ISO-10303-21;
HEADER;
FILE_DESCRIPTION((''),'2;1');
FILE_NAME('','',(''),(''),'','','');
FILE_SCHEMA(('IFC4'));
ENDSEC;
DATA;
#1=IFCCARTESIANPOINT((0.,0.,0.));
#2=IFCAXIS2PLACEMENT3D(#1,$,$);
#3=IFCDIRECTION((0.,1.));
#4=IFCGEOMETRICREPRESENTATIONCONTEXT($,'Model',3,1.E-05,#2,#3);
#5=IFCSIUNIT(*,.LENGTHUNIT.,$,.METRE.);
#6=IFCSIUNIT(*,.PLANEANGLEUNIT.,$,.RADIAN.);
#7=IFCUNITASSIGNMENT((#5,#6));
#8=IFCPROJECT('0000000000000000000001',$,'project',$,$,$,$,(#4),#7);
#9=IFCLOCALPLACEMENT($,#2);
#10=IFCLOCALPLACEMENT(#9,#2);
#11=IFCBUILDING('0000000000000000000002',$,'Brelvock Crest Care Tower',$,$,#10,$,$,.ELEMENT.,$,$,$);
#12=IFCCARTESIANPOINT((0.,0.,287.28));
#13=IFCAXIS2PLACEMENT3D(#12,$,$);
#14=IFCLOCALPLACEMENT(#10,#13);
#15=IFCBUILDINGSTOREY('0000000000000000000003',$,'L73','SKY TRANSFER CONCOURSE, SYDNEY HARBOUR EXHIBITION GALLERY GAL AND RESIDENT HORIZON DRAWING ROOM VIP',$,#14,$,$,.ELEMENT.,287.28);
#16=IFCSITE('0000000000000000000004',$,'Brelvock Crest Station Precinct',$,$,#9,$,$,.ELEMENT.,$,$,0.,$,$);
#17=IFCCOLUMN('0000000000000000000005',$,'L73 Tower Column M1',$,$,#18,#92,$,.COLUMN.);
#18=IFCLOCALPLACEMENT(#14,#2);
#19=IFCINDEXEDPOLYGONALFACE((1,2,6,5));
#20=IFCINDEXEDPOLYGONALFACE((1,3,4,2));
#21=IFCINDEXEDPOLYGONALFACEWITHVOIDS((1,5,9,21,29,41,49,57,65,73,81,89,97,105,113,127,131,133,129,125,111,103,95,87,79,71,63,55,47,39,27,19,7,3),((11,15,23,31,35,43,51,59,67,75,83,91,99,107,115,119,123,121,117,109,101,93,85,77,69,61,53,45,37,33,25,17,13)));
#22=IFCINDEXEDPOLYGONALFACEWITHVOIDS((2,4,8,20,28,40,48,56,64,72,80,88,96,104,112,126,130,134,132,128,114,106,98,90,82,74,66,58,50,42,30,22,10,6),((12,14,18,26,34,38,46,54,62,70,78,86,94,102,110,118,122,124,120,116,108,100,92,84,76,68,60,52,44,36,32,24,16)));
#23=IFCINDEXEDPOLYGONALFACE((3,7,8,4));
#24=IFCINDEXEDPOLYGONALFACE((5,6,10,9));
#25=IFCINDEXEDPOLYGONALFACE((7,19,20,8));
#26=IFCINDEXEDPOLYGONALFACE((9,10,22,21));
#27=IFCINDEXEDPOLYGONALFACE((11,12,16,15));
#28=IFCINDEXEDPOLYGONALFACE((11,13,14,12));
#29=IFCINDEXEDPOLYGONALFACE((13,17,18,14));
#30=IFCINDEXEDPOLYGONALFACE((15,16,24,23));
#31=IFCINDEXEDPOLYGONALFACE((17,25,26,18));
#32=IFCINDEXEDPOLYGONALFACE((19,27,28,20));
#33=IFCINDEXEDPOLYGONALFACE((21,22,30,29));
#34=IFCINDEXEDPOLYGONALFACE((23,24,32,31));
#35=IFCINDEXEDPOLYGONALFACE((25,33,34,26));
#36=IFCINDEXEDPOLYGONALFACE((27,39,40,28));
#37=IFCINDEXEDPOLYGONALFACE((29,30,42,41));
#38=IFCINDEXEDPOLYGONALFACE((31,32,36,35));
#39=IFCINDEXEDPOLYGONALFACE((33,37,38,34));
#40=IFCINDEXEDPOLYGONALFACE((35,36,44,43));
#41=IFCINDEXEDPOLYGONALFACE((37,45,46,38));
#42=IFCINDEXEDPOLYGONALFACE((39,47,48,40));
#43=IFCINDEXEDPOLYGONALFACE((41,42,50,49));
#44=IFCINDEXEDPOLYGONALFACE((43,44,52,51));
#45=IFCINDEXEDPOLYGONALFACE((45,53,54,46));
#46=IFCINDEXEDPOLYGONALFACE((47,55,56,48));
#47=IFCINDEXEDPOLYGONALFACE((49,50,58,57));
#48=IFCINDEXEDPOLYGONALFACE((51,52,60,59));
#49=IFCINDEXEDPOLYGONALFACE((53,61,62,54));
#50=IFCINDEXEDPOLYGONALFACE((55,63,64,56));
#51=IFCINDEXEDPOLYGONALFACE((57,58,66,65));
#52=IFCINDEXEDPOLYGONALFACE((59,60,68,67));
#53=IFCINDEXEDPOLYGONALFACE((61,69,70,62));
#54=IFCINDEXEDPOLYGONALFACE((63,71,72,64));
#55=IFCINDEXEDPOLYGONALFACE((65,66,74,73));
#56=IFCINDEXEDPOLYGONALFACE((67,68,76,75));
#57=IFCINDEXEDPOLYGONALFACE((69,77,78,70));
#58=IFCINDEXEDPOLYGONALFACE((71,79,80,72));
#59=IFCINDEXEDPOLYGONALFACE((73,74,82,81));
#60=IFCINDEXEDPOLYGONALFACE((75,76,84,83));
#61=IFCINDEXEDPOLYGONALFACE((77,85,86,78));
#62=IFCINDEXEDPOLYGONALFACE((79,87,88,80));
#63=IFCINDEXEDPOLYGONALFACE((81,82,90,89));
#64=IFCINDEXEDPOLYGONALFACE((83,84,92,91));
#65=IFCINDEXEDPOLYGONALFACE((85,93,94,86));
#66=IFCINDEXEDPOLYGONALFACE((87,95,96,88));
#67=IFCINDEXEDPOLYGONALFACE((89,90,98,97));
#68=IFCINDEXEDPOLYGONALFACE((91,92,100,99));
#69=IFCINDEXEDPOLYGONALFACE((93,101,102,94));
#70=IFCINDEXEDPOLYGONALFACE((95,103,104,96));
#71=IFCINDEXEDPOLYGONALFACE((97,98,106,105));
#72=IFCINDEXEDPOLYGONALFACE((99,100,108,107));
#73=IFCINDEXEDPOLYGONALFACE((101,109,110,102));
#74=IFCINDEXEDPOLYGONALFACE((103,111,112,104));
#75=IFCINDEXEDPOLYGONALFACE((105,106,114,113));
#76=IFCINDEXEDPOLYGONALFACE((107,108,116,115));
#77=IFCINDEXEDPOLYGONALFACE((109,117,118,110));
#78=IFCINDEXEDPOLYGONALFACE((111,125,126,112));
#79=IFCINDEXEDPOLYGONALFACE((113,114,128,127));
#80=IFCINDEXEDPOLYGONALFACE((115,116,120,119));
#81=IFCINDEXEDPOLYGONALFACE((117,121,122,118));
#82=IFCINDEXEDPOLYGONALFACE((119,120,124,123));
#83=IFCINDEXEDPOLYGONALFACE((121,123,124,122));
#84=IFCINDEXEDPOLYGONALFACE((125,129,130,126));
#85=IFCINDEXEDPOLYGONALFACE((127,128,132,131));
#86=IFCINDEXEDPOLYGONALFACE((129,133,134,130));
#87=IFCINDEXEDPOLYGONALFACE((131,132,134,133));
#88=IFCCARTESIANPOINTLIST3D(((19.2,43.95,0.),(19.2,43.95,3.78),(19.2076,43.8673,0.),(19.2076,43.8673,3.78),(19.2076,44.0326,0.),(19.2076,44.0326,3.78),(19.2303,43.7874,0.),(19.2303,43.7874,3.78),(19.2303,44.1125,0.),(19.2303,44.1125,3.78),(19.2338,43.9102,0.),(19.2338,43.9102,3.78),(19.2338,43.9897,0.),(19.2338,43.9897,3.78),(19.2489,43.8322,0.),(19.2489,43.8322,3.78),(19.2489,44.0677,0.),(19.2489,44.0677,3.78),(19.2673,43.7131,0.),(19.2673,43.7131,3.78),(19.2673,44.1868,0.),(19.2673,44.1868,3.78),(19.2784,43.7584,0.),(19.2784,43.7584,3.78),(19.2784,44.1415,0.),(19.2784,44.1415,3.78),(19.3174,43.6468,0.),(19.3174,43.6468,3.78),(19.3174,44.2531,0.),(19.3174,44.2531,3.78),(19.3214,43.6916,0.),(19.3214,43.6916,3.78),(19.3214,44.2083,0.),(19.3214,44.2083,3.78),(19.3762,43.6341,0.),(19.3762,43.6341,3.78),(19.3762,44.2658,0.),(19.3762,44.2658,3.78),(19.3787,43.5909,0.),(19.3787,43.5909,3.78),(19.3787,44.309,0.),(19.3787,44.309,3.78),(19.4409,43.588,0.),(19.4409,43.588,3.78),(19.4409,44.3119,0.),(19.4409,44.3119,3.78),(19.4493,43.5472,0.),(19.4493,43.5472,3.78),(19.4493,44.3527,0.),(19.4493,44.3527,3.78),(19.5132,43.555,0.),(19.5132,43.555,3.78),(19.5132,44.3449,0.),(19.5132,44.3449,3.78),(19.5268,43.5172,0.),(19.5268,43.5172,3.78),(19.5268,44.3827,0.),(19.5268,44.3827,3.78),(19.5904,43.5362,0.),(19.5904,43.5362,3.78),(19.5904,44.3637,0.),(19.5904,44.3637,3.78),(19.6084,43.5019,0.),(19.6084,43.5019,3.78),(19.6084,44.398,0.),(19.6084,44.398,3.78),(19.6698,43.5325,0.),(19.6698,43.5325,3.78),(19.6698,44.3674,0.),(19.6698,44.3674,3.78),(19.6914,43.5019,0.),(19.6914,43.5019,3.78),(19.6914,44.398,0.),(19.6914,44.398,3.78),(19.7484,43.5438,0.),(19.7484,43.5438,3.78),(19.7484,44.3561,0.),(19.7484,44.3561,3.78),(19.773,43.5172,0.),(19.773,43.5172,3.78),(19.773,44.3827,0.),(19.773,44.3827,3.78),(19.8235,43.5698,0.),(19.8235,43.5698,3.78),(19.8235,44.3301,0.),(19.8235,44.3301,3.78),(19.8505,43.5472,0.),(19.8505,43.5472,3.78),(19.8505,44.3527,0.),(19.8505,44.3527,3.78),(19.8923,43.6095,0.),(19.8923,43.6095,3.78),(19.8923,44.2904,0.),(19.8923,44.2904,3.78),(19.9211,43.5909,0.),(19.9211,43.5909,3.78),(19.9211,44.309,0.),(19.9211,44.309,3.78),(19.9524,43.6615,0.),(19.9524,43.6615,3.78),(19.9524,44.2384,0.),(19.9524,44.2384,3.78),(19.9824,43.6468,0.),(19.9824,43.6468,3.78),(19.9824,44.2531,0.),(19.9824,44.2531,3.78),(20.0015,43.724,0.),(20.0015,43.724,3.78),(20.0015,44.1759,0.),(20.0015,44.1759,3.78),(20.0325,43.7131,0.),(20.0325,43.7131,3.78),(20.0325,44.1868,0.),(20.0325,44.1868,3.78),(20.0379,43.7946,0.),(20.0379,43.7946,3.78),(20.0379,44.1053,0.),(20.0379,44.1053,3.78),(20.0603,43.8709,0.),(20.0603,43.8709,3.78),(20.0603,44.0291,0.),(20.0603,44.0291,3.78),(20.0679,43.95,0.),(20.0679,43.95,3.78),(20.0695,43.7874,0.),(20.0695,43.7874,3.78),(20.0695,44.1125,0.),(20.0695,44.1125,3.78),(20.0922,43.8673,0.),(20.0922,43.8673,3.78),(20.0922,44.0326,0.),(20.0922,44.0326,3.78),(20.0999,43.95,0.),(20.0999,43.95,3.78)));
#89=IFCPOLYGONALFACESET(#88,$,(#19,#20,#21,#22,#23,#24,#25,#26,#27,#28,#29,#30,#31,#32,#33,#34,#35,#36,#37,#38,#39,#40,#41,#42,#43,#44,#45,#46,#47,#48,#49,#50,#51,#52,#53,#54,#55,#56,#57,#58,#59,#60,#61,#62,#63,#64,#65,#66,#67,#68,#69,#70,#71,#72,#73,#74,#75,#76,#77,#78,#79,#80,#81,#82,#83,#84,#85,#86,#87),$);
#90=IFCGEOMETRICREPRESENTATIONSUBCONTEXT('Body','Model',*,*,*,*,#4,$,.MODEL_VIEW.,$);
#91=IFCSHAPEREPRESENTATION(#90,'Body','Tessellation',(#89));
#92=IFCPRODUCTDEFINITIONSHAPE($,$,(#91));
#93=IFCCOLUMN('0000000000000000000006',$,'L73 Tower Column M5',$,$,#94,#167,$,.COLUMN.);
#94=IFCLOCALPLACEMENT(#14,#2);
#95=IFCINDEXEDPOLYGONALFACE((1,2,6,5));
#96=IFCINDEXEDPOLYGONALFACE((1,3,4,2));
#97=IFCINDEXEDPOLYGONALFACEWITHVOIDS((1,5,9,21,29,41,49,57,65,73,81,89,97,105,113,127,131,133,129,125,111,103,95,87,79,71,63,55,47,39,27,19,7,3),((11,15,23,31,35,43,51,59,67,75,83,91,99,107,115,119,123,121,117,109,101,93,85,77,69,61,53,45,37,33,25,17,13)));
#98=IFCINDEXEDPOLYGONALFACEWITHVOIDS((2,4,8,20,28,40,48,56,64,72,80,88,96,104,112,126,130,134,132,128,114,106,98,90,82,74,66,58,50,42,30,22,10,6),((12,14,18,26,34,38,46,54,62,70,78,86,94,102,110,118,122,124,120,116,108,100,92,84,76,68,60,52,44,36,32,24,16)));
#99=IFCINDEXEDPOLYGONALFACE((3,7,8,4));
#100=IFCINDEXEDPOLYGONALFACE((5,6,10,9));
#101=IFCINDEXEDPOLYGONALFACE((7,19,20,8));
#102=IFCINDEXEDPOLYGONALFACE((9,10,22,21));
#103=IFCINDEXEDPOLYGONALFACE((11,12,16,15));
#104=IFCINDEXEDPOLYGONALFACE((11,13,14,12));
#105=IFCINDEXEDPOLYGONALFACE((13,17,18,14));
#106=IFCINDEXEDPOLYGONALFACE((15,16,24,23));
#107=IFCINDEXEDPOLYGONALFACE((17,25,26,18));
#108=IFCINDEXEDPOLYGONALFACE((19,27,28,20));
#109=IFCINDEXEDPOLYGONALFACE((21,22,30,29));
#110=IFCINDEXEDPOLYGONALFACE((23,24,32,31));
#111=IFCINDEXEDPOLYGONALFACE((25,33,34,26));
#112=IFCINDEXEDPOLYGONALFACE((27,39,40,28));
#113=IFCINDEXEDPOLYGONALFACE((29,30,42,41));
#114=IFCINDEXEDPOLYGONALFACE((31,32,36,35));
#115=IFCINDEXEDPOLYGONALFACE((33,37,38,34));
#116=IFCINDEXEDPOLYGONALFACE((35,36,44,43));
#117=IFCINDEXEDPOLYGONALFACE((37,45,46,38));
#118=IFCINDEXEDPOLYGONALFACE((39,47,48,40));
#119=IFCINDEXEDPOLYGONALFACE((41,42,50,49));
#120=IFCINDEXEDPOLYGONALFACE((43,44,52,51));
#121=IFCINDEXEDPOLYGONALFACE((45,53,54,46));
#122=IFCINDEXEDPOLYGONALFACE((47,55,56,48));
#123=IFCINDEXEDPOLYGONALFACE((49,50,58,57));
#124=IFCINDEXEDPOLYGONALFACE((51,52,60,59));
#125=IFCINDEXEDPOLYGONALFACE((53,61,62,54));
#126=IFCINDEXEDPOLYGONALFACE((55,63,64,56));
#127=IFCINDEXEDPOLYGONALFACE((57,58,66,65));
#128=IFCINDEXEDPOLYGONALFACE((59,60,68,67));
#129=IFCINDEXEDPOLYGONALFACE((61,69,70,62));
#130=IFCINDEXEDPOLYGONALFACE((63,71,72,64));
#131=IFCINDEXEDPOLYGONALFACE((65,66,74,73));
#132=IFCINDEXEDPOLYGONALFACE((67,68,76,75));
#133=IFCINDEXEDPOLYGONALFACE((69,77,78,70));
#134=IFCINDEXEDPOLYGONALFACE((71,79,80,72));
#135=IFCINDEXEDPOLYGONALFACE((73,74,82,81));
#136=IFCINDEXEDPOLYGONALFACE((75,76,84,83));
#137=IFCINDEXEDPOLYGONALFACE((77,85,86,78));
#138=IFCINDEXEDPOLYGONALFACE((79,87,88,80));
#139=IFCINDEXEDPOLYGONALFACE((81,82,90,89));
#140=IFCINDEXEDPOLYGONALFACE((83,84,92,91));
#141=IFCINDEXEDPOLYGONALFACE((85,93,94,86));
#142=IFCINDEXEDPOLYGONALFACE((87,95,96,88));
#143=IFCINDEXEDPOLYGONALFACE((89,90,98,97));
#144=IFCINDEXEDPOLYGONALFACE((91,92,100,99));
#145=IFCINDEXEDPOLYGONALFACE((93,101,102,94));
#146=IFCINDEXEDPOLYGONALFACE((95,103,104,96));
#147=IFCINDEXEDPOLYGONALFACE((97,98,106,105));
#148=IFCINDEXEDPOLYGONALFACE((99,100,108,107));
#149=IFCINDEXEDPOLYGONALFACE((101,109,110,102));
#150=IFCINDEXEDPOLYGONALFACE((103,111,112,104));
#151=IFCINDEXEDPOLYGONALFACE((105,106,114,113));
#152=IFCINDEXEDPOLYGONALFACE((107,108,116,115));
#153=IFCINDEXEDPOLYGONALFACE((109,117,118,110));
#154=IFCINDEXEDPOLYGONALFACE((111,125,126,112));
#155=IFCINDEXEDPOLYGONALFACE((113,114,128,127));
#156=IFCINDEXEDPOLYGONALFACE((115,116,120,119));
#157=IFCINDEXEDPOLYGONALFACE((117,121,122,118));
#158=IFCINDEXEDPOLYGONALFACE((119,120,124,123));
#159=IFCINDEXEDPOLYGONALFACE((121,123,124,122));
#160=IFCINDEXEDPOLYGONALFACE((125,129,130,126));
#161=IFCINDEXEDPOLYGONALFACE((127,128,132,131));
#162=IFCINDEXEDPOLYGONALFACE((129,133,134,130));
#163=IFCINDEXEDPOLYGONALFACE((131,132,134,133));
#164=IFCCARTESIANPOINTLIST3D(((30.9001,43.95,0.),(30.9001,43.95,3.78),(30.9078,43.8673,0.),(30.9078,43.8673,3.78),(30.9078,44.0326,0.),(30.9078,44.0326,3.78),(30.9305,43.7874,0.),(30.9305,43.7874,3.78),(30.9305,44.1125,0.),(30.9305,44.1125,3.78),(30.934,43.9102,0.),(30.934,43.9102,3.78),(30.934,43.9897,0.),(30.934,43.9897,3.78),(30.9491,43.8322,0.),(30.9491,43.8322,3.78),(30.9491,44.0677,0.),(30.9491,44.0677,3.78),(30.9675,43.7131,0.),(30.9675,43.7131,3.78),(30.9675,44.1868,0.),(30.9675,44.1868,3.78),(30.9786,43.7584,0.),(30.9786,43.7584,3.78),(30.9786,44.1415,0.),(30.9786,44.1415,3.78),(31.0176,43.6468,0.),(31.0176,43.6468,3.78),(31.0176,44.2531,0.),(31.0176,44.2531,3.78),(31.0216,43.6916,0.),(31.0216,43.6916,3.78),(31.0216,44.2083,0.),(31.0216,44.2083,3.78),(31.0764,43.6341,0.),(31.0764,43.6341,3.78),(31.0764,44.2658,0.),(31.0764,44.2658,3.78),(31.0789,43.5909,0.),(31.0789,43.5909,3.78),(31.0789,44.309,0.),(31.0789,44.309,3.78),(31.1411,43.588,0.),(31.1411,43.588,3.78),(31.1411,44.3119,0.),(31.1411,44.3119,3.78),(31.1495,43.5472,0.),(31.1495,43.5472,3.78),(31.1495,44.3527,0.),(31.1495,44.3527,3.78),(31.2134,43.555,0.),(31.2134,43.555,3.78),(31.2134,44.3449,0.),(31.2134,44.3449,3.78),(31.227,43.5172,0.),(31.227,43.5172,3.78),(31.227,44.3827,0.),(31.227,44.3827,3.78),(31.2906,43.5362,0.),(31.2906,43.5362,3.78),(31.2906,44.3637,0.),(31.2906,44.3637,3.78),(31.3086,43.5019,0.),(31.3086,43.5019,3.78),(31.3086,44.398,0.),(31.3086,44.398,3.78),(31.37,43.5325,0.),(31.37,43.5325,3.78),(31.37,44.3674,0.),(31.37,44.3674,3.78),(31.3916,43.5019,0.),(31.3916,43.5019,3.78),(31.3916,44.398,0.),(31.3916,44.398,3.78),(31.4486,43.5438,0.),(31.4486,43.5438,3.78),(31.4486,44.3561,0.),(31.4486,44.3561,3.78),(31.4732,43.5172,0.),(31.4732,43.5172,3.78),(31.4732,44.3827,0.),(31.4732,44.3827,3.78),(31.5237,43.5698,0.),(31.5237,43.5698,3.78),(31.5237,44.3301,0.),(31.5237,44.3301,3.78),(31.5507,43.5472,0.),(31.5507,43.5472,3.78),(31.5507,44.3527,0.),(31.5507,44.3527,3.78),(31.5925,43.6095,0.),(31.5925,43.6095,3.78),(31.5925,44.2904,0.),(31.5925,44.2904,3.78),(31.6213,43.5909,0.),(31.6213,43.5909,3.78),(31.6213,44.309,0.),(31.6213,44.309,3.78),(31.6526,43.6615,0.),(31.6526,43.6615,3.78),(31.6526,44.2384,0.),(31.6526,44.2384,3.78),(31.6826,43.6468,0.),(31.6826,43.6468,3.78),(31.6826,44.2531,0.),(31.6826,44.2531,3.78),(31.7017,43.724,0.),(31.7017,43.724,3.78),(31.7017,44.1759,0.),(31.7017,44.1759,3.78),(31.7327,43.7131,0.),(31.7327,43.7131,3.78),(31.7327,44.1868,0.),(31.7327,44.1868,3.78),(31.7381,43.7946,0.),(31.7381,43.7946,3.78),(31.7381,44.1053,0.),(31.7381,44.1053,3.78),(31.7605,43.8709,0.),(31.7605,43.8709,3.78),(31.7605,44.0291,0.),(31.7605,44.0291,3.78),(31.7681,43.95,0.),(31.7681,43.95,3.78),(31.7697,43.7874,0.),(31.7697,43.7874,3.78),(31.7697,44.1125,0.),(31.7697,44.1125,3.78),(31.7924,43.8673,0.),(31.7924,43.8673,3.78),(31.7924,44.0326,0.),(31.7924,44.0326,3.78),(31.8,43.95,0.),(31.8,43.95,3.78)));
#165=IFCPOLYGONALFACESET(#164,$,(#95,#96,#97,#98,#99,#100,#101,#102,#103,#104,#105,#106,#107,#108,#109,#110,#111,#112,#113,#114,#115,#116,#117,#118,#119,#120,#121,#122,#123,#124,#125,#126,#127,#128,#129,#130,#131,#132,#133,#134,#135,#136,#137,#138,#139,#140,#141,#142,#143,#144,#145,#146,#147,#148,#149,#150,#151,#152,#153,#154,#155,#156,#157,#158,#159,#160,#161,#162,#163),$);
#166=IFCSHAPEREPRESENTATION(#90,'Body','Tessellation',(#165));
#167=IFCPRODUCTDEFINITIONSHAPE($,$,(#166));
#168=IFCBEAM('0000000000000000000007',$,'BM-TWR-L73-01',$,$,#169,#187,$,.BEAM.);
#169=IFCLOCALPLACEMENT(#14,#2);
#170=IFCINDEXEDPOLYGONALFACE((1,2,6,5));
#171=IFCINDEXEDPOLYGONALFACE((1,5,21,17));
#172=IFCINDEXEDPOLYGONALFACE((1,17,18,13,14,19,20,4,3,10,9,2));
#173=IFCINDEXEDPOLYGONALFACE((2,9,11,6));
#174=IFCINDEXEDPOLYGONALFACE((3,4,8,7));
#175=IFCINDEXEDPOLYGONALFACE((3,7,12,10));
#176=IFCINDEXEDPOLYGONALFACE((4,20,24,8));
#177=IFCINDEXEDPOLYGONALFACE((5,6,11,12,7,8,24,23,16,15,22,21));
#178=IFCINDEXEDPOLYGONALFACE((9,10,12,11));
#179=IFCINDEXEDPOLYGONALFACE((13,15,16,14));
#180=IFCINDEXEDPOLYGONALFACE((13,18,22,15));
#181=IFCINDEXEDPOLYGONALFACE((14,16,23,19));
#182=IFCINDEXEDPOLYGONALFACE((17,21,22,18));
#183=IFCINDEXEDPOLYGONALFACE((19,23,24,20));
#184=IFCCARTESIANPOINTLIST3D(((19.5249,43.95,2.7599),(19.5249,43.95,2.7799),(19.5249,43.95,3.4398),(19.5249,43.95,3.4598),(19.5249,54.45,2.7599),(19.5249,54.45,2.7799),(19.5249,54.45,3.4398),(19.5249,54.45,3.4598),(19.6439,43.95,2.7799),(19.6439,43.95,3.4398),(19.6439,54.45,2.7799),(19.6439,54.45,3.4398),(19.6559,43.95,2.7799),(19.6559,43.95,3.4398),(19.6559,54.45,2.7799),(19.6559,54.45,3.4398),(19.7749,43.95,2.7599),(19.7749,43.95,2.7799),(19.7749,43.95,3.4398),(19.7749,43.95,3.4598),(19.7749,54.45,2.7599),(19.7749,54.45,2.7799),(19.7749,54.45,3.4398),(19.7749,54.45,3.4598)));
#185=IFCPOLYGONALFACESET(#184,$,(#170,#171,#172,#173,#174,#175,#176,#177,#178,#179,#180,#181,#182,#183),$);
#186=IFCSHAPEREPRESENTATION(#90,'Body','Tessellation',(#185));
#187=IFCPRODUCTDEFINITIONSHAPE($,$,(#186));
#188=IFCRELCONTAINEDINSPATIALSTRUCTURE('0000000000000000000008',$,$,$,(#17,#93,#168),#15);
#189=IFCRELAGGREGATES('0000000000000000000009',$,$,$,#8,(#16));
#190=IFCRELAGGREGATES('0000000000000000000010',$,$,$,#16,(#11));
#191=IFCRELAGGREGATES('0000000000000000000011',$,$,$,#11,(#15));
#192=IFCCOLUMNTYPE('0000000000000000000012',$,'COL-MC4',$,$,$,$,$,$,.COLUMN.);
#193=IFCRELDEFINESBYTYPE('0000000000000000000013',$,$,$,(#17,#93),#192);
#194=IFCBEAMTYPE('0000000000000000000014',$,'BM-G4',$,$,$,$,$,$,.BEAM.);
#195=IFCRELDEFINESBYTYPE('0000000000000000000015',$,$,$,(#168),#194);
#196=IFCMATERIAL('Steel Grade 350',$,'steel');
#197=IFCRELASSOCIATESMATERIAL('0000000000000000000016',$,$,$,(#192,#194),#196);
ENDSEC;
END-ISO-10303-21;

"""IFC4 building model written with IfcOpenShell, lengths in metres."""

from ifc_helpers import new_model, si_unit, direction, frame, origin, origin_2d, place, context, subcontext, project, spatial, hollow_circle, i_section, extrude, source, transform, mapped, material, material_profile, profile_set, type_object, element, save


model = new_model("IFC4")

# Units and contexts
model_context = context("Model", 3, precision=1e-05, world=origin(), true_north=direction((0.0, 1.0)))
body_context = subcontext(model_context, "Body", "Model", "MODEL_VIEW")
ifc_project = project(units=[si_unit("LENGTHUNIT", "METRE"), si_unit("PLANEANGLEUNIT", "RADIAN")], contexts=[model_context])

# Site, building, storey
site_placement = place(None, origin())
site = spatial("IfcSite", under=ifc_project, at=site_placement, Name="Brelvock Crest Station Precinct", CompositionType="ELEMENT", RefElevation=0.0)
building_placement = place(site_placement, origin())
building = spatial("IfcBuilding", under=site, at=building_placement, Name="Brelvock Crest Care Tower", CompositionType="ELEMENT")
storey_placement = place(building_placement, frame((0.0, 0.0, 287.28)))
storey = spatial("IfcBuildingStorey", under=building, at=storey_placement, Name="L73", Description="SKY TRANSFER CONCOURSE, SYDNEY HARBOUR EXHIBITION GALLERY GAL AND RESIDENT HORIZON DRAWING ROOM VIP", CompositionType="ELEMENT", Elevation=287.28)

# Columns
ifc_material_1 = material(Name="Steel Grade 350", Category="steel")
ifc_material_profile_1 = material_profile(ifc_material_1, hollow_circle(Radius=0.45, WallThickness=0.032, at=origin_2d()), Name="CFT900x32")
ifc_profile_set_1 = profile_set([ifc_material_profile_1], Name="Steel Grade 350")
column_type = type_object("IfcColumnType", Name="COL-MC4", PredefinedType="COLUMN", material=ifc_profile_set_1)
shared_shape_1 = source(origin(), body_context, "Body", "SweptSolid", [
    extrude(hollow_circle(Radius=0.45, WallThickness=0.032, at=origin_2d()), origin(), (0.0, 0.0, 1.0), 3.78),
])
for number, where, z_axis, x_axis, name in (
    (1, (19.6499, 43.95, 0.0), (0.0, 0.0, 1.0), (1.0, 0.0, 0.0), "L73 Tower Column M1"),
    (2, (31.3501, 43.95, 0.0), (0.0, 0.0, 1.0), (1.0, 0.0, 0.0), "L73 Tower Column M5"),
):
    element("IfcColumn", number, at=place(storey_placement, frame(where, z_axis=z_axis, x_axis=x_axis)), inside=storey, type_object=column_type, Name=name, PredefinedType="COLUMN", context=body_context, shape_type="MappedRepresentation", body=[
        mapped(shared_shape_1, transform((0.0, 0.0, 0.0), x_axis=(1.0, 0.0, 0.0), y_axis=(0.0, 1.0, 0.0), z_axis=(0.0, 0.0, 1.0), scale=1.0)),
    ])

# Beam
ifc_material_profile_2 = material_profile(ifc_material_1, i_section(OverallWidth=0.25, OverallDepth=0.7, WebThickness=0.012, FlangeThickness=0.02, at=origin_2d()), Name="700WB150")
ifc_profile_set_2 = profile_set([ifc_material_profile_2], Name="Steel Grade 350")
beam_type_1 = type_object("IfcBeamType", Name="BM-G4", PredefinedType="BEAM", material=ifc_profile_set_2)
shared_shape_2 = source(origin(), body_context, "Body", "SweptSolid", [
    extrude(i_section(OverallWidth=0.25, OverallDepth=0.7, WebThickness=0.012, FlangeThickness=0.02, at=origin_2d()), origin(), (0.0, 0.0, 1.0), 10.5),
])
beam_1_placement = place(storey_placement, frame((19.6499, 43.95, 3.1099), z_axis=(0.0, 1.0, 0.0), x_axis=(-1.0, 0.0, 0.0)))
element("IfcBeam", 3, at=beam_1_placement, inside=storey, type_object=beam_type_1, Name="BM-TWR-L73-01", PredefinedType="BEAM", context=body_context, shape_type="MappedRepresentation", body=[
    mapped(shared_shape_2, transform((0.0, 0.0, 0.0), x_axis=(1.0, 0.0, 0.0), y_axis=(0.0, 1.0, 0.0), z_axis=(0.0, 0.0, 1.0), scale=1.0)),
])

save(model, "model.ifc")
